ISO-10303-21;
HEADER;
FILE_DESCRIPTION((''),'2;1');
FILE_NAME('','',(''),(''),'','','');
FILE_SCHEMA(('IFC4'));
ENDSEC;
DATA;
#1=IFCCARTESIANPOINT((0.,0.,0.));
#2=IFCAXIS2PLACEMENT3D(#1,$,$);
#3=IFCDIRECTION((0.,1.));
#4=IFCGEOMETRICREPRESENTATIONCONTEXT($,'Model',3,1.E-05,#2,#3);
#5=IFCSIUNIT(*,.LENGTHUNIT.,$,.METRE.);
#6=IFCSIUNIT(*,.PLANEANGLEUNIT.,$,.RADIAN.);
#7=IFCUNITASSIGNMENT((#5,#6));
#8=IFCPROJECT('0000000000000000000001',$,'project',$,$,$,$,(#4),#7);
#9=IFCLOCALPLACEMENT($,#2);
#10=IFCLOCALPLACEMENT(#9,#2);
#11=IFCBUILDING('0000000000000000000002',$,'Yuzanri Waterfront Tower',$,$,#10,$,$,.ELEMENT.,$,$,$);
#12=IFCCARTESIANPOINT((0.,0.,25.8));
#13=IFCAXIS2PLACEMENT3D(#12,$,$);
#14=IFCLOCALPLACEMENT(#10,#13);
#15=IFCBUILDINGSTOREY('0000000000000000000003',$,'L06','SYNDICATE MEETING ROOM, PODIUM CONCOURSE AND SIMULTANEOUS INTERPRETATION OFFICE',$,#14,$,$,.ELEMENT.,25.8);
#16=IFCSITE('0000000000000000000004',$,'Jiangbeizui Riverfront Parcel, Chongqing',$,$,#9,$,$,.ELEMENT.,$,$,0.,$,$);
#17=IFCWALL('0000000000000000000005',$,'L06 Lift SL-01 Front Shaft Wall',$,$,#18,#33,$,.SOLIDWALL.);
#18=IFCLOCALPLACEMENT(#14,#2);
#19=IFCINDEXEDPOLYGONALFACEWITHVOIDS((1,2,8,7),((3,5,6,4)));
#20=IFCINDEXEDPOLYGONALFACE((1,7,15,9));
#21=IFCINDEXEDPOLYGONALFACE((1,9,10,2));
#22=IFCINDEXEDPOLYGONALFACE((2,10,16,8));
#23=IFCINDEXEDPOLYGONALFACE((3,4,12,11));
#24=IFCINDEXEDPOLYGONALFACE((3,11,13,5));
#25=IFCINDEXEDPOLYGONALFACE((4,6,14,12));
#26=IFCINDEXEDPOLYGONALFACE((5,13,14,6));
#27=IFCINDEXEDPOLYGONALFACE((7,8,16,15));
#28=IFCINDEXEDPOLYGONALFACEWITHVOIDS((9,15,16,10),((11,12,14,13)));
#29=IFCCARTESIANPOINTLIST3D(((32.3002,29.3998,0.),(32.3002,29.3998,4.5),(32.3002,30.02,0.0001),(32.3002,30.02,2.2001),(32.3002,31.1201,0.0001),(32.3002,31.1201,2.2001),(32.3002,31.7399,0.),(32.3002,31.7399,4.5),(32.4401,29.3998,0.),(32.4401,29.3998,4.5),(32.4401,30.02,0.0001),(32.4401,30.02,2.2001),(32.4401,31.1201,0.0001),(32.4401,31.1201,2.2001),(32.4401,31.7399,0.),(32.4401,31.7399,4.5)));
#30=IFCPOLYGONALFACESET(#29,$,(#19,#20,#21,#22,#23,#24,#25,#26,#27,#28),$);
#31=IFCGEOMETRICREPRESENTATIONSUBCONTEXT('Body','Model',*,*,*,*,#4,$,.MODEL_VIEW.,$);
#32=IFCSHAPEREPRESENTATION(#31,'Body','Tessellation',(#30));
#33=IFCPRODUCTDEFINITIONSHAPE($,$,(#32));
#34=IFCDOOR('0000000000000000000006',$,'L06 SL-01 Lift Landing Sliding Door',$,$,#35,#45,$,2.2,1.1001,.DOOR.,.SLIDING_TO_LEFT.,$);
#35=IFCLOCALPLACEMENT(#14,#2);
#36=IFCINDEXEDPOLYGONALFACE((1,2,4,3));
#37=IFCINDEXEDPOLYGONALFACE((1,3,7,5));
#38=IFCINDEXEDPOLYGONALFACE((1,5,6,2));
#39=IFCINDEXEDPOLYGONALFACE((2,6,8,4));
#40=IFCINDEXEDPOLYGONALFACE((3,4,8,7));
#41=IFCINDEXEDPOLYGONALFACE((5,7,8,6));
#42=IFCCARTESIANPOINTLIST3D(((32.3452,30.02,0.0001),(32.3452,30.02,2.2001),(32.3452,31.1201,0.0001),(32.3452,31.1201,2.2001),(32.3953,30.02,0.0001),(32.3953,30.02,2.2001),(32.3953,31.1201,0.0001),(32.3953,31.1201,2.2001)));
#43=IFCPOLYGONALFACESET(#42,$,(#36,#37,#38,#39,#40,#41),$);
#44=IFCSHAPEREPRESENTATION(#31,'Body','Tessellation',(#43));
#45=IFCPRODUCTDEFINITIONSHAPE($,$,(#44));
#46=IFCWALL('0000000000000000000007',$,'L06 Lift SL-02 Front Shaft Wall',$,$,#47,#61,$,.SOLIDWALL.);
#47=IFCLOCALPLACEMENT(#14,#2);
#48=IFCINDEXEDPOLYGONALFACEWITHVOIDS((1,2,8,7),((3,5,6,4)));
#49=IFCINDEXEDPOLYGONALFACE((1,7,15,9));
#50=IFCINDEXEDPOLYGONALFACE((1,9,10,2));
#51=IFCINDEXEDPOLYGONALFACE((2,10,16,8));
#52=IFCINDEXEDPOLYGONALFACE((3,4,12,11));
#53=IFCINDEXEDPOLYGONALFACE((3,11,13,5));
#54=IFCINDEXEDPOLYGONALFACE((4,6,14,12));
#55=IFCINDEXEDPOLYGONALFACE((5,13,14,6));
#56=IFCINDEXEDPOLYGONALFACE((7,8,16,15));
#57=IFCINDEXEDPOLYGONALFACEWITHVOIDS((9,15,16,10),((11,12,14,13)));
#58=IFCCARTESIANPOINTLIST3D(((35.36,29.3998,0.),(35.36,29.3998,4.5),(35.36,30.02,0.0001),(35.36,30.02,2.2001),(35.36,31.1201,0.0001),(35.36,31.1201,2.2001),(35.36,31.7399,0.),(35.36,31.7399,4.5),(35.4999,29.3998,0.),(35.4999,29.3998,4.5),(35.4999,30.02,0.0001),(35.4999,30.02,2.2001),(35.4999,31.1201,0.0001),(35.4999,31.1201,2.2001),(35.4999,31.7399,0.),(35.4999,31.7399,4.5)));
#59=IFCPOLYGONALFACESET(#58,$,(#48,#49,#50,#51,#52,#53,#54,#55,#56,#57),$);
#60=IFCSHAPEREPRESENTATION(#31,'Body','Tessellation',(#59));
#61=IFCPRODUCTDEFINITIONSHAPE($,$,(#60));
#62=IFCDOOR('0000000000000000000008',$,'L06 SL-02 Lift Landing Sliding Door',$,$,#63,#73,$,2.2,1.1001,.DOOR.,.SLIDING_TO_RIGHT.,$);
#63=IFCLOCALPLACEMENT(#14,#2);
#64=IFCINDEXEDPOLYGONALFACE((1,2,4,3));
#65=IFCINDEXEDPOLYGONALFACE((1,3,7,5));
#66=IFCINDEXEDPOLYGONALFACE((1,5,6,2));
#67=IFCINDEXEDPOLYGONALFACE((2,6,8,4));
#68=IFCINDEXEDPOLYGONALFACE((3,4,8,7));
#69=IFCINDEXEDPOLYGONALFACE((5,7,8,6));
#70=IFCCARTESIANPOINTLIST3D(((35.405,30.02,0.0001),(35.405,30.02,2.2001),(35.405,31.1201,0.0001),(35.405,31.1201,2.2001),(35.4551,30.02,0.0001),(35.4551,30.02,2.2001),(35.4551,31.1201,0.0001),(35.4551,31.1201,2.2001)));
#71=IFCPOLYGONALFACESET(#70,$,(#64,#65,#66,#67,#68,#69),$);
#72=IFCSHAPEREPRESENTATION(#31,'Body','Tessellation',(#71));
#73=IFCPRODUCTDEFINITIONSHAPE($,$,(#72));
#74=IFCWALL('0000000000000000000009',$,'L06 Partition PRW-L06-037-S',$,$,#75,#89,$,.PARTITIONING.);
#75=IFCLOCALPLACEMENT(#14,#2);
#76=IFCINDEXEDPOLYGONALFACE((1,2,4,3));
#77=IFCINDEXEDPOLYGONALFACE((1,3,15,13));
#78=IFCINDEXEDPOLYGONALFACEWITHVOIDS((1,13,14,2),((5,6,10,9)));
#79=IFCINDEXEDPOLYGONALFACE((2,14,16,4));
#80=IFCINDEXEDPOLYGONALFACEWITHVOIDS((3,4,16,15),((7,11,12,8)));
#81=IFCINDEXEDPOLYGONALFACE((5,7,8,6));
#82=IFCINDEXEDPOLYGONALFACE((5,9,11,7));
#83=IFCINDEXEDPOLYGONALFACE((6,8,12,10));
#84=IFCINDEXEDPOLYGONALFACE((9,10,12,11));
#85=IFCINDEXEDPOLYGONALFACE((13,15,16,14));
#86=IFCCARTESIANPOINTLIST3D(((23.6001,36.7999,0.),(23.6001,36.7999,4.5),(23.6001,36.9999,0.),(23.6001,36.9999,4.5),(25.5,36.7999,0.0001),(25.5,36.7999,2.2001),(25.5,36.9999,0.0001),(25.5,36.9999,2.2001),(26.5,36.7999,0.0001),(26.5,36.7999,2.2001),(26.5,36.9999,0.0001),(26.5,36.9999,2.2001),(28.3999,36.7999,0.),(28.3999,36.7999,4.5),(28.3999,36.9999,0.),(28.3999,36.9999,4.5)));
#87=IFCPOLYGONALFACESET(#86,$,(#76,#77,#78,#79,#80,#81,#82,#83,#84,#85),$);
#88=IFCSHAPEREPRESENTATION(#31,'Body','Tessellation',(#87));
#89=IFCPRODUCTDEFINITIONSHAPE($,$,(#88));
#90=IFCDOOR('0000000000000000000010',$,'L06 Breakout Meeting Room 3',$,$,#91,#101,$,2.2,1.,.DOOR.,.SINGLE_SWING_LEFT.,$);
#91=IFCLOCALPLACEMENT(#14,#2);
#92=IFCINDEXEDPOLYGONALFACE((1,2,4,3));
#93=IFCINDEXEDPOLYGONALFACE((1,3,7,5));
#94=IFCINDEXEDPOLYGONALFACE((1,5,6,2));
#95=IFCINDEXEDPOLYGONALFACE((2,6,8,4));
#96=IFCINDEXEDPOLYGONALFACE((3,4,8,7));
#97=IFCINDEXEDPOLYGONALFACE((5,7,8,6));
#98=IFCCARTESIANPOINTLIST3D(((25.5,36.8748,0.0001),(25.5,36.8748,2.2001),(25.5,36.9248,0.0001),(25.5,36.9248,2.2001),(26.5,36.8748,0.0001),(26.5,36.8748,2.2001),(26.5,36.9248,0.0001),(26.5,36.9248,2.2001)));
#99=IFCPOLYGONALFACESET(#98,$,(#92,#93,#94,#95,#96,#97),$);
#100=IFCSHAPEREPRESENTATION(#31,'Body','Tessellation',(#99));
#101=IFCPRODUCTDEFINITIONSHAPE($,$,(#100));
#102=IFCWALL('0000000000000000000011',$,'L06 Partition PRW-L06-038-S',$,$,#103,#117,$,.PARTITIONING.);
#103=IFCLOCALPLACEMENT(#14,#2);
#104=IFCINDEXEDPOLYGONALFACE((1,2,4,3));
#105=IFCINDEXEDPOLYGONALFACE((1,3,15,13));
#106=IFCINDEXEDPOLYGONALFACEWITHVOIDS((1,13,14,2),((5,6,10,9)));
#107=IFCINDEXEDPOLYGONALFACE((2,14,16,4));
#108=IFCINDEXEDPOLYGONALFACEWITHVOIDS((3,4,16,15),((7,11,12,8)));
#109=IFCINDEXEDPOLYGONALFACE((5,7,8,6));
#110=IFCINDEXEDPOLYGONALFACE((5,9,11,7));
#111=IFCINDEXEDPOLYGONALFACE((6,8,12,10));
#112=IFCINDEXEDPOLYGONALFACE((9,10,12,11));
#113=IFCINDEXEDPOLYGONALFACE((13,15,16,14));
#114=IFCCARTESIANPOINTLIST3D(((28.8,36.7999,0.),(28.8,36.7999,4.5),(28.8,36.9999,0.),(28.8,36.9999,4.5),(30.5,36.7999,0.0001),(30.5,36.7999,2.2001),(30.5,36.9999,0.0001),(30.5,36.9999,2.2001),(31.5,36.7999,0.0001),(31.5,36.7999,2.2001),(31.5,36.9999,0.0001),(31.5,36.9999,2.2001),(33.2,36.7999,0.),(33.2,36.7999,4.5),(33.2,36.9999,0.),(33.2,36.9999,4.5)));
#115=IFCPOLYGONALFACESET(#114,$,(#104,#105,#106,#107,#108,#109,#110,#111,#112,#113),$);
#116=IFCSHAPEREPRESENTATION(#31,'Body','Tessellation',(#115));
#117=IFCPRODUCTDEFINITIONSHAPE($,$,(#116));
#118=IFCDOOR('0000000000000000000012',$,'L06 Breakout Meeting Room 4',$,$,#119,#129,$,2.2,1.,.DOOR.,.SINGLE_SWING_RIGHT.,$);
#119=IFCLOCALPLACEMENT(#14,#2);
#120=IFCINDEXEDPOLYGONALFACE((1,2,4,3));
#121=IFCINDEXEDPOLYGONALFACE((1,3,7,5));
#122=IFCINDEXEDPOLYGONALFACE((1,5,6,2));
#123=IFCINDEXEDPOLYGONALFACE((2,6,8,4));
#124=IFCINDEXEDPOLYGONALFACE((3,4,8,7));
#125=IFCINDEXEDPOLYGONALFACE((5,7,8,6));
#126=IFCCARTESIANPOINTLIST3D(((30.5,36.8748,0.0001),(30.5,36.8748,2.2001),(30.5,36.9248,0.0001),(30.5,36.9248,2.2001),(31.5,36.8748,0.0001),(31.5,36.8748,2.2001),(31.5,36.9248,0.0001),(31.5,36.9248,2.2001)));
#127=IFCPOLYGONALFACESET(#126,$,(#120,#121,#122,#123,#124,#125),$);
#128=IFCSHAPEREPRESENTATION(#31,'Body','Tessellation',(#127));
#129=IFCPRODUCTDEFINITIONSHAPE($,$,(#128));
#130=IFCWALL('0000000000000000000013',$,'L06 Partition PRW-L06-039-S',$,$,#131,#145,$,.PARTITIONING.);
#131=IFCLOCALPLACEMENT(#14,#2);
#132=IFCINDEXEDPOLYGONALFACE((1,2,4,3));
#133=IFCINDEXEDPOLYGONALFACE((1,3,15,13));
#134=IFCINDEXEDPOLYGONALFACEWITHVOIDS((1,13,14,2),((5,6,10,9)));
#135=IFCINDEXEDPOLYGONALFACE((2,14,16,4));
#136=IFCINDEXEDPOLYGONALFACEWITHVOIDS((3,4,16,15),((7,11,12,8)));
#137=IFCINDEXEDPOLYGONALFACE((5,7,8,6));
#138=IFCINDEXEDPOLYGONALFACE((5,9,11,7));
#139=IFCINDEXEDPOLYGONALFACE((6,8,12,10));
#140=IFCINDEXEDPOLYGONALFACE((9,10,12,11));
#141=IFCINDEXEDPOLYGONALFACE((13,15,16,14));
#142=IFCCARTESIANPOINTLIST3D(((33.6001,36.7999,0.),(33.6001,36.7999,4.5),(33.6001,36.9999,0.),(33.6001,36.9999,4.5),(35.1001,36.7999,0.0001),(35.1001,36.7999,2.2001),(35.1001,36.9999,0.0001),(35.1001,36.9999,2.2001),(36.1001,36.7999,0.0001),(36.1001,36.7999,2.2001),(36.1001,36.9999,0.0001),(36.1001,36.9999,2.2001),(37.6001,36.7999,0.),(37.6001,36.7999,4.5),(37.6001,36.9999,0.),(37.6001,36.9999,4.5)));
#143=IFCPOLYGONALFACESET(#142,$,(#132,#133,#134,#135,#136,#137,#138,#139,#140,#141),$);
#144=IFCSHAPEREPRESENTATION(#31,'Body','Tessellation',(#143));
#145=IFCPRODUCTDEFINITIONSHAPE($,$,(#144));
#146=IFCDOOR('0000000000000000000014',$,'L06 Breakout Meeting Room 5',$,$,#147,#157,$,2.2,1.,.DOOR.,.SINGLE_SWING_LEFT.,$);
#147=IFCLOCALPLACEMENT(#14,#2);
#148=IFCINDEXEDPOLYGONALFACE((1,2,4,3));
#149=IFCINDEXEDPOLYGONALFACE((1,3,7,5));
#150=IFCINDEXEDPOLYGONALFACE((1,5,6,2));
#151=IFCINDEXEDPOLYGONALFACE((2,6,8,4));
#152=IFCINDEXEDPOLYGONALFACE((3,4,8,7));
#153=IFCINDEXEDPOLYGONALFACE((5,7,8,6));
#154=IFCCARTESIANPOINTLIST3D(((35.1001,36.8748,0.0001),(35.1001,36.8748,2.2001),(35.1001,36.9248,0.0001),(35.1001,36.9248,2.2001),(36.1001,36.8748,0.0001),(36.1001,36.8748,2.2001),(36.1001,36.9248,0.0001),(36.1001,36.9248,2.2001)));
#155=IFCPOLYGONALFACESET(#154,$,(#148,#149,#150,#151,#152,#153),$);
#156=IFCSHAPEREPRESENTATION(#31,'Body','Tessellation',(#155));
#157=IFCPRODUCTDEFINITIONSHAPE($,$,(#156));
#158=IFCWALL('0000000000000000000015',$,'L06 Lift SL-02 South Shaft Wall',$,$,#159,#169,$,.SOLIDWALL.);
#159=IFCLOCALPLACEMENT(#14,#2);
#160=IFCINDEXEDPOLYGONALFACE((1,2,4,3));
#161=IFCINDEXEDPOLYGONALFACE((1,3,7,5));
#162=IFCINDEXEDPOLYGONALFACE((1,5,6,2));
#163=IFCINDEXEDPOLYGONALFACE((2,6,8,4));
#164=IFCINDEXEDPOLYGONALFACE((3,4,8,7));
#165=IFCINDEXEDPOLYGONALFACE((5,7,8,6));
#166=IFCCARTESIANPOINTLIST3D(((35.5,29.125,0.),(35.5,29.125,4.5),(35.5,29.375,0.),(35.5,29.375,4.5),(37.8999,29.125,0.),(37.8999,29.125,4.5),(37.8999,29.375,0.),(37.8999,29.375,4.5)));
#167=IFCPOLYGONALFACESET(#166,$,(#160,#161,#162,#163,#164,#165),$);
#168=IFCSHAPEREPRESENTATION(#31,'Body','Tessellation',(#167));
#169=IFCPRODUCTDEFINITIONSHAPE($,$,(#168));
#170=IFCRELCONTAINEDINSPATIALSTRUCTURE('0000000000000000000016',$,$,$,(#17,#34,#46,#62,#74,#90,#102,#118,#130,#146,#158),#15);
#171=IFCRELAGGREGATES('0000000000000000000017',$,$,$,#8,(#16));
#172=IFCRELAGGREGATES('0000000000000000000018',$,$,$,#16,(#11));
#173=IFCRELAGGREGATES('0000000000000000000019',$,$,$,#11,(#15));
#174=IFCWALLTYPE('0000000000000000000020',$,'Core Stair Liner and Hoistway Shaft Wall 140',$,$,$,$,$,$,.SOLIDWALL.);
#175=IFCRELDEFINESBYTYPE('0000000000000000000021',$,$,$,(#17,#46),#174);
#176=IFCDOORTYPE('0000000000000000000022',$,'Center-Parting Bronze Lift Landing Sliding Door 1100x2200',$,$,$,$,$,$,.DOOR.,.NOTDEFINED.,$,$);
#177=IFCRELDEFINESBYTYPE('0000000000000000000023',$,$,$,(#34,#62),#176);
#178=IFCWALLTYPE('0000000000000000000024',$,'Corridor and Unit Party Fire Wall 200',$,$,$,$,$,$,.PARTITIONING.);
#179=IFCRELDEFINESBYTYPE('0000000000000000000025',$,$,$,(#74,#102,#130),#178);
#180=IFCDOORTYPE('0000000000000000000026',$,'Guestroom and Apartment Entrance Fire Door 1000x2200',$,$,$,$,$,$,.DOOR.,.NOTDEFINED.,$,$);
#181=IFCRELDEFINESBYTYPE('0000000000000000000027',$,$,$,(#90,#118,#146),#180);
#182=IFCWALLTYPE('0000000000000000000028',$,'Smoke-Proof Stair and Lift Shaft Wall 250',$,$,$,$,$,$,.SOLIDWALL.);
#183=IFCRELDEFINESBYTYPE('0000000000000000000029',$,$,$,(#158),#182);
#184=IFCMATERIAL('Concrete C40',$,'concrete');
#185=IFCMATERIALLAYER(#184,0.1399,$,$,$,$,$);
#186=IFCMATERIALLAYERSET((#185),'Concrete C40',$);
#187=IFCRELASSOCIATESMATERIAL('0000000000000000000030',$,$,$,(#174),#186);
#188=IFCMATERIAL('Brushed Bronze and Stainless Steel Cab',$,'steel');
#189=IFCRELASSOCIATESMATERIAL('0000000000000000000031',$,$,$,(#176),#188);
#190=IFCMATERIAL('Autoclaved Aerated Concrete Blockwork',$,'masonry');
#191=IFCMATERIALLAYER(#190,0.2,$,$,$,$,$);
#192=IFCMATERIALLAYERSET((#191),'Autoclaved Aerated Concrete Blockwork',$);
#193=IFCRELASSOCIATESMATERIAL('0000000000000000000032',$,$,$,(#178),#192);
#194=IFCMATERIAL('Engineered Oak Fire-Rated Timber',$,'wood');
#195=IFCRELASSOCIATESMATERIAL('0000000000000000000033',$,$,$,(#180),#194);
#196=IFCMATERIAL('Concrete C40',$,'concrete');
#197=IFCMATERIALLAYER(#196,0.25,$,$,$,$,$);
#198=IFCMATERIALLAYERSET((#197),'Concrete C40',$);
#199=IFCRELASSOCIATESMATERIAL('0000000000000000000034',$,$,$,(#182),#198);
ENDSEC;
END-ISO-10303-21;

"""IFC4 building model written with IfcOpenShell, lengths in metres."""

from ifc_helpers import new_model, si_unit, direction, frame, frame_2d, origin, place, context, subcontext, project, spatial, rectangle, extrude, source, transform, mapped, material, layer, layer_set, type_object, element, fill, save


model = new_model("IFC4")

# Units and contexts
model_context = context("Model", 3, precision=1e-05, world=origin(), true_north=direction((0.0, 1.0)))
body_context = subcontext(model_context, "Body", "Model", "MODEL_VIEW")
ifc_project = project(units=[si_unit("LENGTHUNIT", "METRE"), si_unit("PLANEANGLEUNIT", "RADIAN")], contexts=[model_context])

# Site, building, storey
site_placement = place(None, origin())
site = spatial("IfcSite", under=ifc_project, at=site_placement, Name="Jiangbeizui Riverfront Parcel, Chongqing", CompositionType="ELEMENT", RefElevation=0.0)
building_placement = place(site_placement, origin())
building = spatial("IfcBuilding", under=site, at=building_placement, Name="Yuzanri Waterfront Tower", CompositionType="ELEMENT")
storey_placement = place(building_placement, frame((0.0, 0.0, 25.8)))
storey = spatial("IfcBuildingStorey", under=building, at=storey_placement, Name="L06", Description="SYNDICATE MEETING ROOM, PODIUM CONCOURSE AND SIMULTANEOUS INTERPRETATION OFFICE", CompositionType="ELEMENT", Elevation=25.8)

# Walls, openings, doors
ifc_material_1 = material(Name="Concrete C40", Category="concrete")
ifc_layer_1 = layer(ifc_material_1, 0.1399)
ifc_layer_set_1 = layer_set([ifc_layer_1], Name="Concrete C40")
wall_type_1 = type_object("IfcWallType", Name="Core Stair Liner and Hoistway Shaft Wall 140", PredefinedType="SOLIDWALL", material=ifc_layer_set_1)
wall_1_placement = place(storey_placement, frame((32.3701, 29.3999, 0.0), z_axis=(0.0, 0.0, 1.0), x_axis=(0.0, 1.0, 0.0)))
wall_1 = element("IfcWall", 1, at=wall_1_placement, inside=storey, type_object=wall_type_1, Name="L06 Lift SL-01 Front Shaft Wall", PredefinedType="SOLIDWALL", context=body_context, shape_type="SweptSolid", body=[
    extrude(rectangle(XDim=2.3401, YDim=0.1399, at=frame_2d((1.1699, 0.0))), origin(), (0.0, 0.0, 1.0), 4.5),
])
opening_1_placement = place(wall_1_placement, frame((0.6201, 0.0, 0.0)))
opening_1 = element("IfcOpeningElement", 2, at=opening_1_placement, cuts=wall_1, PredefinedType="OPENING", context=body_context, shape_type="SweptSolid", body=[
    extrude(rectangle(XDim=1.1001, YDim=2.2, at=frame_2d((0.55, 1.1001))), frame((0.0, 0.085, 0.0), z_axis=(0.0, -1.0, 0.0), x_axis=(1.0, 0.0, 0.0)), (0.0, 0.0, 1.0), 0.1697),
])
ifc_material_2 = material(Name="Brushed Bronze and Stainless Steel Cab", Category="steel")
door_type_1 = type_object("IfcDoorType", Name="Center-Parting Bronze Lift Landing Sliding Door 1100x2200", OperationType="NOTDEFINED", PredefinedType="DOOR", material=ifc_material_2)
shared_shape_1 = source(origin(), body_context, "Body", "SweptSolid", [
    extrude(rectangle(XDim=1.1001, YDim=2.2, at=frame_2d((0.55, 1.1001))), frame((0.0, 0.0249, 0.0), z_axis=(0.0, -1.0, 0.0), x_axis=(1.0, 0.0, 0.0)), (0.0, 0.0, 1.0), 0.05),
])
door_1_placement = place(opening_1_placement, origin())
door_1 = element("IfcDoor", 3, at=door_1_placement, inside=storey, type_object=door_type_1, Name="L06 SL-01 Lift Landing Sliding Door", OperationType="SLIDING_TO_LEFT", OverallHeight=2.2, OverallWidth=1.1001, PredefinedType="DOOR", context=body_context, shape_type="MappedRepresentation", body=[
    mapped(shared_shape_1, transform((0.0, 0.0, 0.0), scale=1.0)),
])
fill(opening_1, door_1)
wall_2_placement = place(storey_placement, frame((35.4299, 29.3999, 0.0), z_axis=(0.0, 0.0, 1.0), x_axis=(0.0, 1.0, 0.0)))
wall_2 = element("IfcWall", 4, at=wall_2_placement, inside=storey, type_object=wall_type_1, Name="L06 Lift SL-02 Front Shaft Wall", PredefinedType="SOLIDWALL", context=body_context, shape_type="SweptSolid", body=[
    extrude(rectangle(XDim=2.3401, YDim=0.1399, at=frame_2d((1.1699, 0.0))), origin(), (0.0, 0.0, 1.0), 4.5),
])
opening_2_placement = place(wall_2_placement, frame((0.6201, 0.0, 0.0)))
opening_2 = element("IfcOpeningElement", 5, at=opening_2_placement, cuts=wall_2, PredefinedType="OPENING", context=body_context, shape_type="SweptSolid", body=[
    extrude(rectangle(XDim=1.1001, YDim=2.2, at=frame_2d((0.55, 1.1001))), frame((0.0, 0.085, 0.0), z_axis=(0.0, -1.0, 0.0), x_axis=(1.0, 0.0, 0.0)), (0.0, 0.0, 1.0), 0.1697),
])
door_2_placement = place(opening_2_placement, origin())
door_2 = element("IfcDoor", 6, at=door_2_placement, inside=storey, type_object=door_type_1, Name="L06 SL-02 Lift Landing Sliding Door", OperationType="SLIDING_TO_RIGHT", OverallHeight=2.2, OverallWidth=1.1001, PredefinedType="DOOR", context=body_context, shape_type="MappedRepresentation", body=[
    mapped(shared_shape_1, transform((0.0, 0.0, 0.0), scale=1.0)),
])
fill(opening_2, door_2)
ifc_material_3 = material(Name="Autoclaved Aerated Concrete Blockwork", Category="masonry")
ifc_layer_2 = layer(ifc_material_3, 0.2)
ifc_layer_set_2 = layer_set([ifc_layer_2], Name="Autoclaved Aerated Concrete Blockwork")
wall_type_2 = type_object("IfcWallType", Name="Corridor and Unit Party Fire Wall 200", PredefinedType="PARTITIONING", material=ifc_layer_set_2)
wall_3_placement = place(storey_placement, frame((23.6001, 36.8999, 0.0), z_axis=(0.0, 0.0, 1.0), x_axis=(1.0, 0.0, 0.0)))
wall_3 = element("IfcWall", 7, at=wall_3_placement, inside=storey, type_object=wall_type_2, Name="L06 Partition PRW-L06-037-S", PredefinedType="PARTITIONING", context=body_context, shape_type="SweptSolid", body=[
    extrude(rectangle(XDim=4.7998, YDim=0.2, at=frame_2d((2.3999, 0.0))), origin(), (0.0, 0.0, 1.0), 4.5),
])
opening_3_placement = place(wall_3_placement, frame((1.8999, 0.0, 0.0)))
opening_3 = element("IfcOpeningElement", 8, at=opening_3_placement, cuts=wall_3, PredefinedType="OPENING", context=body_context, shape_type="SweptSolid", body=[
    extrude(rectangle(XDim=1.0, YDim=2.2, at=frame_2d((0.5, 1.1001))), frame((0.0, 0.1147, 0.0), z_axis=(0.0, -1.0, 0.0), x_axis=(1.0, 0.0, 0.0)), (0.0, 0.0, 1.0), 0.2297),
])
ifc_material_4 = material(Name="Engineered Oak Fire-Rated Timber", Category="wood")
door_type_2 = type_object("IfcDoorType", Name="Guestroom and Apartment Entrance Fire Door 1000x2200", OperationType="NOTDEFINED", PredefinedType="DOOR", material=ifc_material_4)
shared_shape_2 = source(origin(), body_context, "Body", "SweptSolid", [
    extrude(rectangle(XDim=1.0, YDim=2.2, at=frame_2d((0.5, 1.1001))), frame((0.0, 0.0249, 0.0), z_axis=(0.0, -1.0, 0.0), x_axis=(1.0, 0.0, 0.0)), (0.0, 0.0, 1.0), 0.05),
])
door_3_placement = place(opening_3_placement, origin())
door_3 = element("IfcDoor", 9, at=door_3_placement, inside=storey, type_object=door_type_2, Name="L06 Breakout Meeting Room 3", OperationType="SINGLE_SWING_LEFT", OverallHeight=2.2, OverallWidth=1.0, PredefinedType="DOOR", context=body_context, shape_type="MappedRepresentation", body=[
    mapped(shared_shape_2, transform((0.0, 0.0, 0.0), scale=1.0)),
])
fill(opening_3, door_3)
wall_4_placement = place(storey_placement, frame((28.8, 36.8999, 0.0), z_axis=(0.0, 0.0, 1.0), x_axis=(1.0, 0.0, 0.0)))
wall_4 = element("IfcWall", 10, at=wall_4_placement, inside=storey, type_object=wall_type_2, Name="L06 Partition PRW-L06-038-S", PredefinedType="PARTITIONING", context=body_context, shape_type="SweptSolid", body=[
    extrude(rectangle(XDim=4.3999, YDim=0.2, at=frame_2d((2.2, 0.0))), origin(), (0.0, 0.0, 1.0), 4.5),
])
opening_4_placement = place(wall_4_placement, frame((1.7, 0.0, 0.0)))
opening_4 = element("IfcOpeningElement", 11, at=opening_4_placement, cuts=wall_4, PredefinedType="OPENING", context=body_context, shape_type="SweptSolid", body=[
    extrude(rectangle(XDim=1.0, YDim=2.2, at=frame_2d((0.5, 1.1001))), frame((0.0, 0.1147, 0.0), z_axis=(0.0, -1.0, 0.0), x_axis=(1.0, 0.0, 0.0)), (0.0, 0.0, 1.0), 0.2297),
])
door_4_placement = place(opening_4_placement, origin())
door_4 = element("IfcDoor", 12, at=door_4_placement, inside=storey, type_object=door_type_2, Name="L06 Breakout Meeting Room 4", OperationType="SINGLE_SWING_RIGHT", OverallHeight=2.2, OverallWidth=1.0, PredefinedType="DOOR", context=body_context, shape_type="MappedRepresentation", body=[
    mapped(shared_shape_2, transform((0.0, 0.0, 0.0), scale=1.0)),
])
fill(opening_4, door_4)
wall_5_placement = place(storey_placement, frame((33.6001, 36.8999, 0.0), z_axis=(0.0, 0.0, 1.0), x_axis=(1.0, 0.0, 0.0)))
wall_5 = element("IfcWall", 13, at=wall_5_placement, inside=storey, type_object=wall_type_2, Name="L06 Partition PRW-L06-039-S", PredefinedType="PARTITIONING", context=body_context, shape_type="SweptSolid", body=[
    extrude(rectangle(XDim=4.0, YDim=0.2, at=frame_2d((2.0, 0.0))), origin(), (0.0, 0.0, 1.0), 4.5),
])
opening_5_placement = place(wall_5_placement, frame((1.5, 0.0, 0.0)))
opening_5 = element("IfcOpeningElement", 14, at=opening_5_placement, cuts=wall_5, PredefinedType="OPENING", context=body_context, shape_type="SweptSolid", body=[
    extrude(rectangle(XDim=1.0, YDim=2.2, at=frame_2d((0.5, 1.1001))), frame((0.0, 0.1147, 0.0), z_axis=(0.0, -1.0, 0.0), x_axis=(1.0, 0.0, 0.0)), (0.0, 0.0, 1.0), 0.2297),
])
door_5_placement = place(opening_5_placement, origin())
door_5 = element("IfcDoor", 15, at=door_5_placement, inside=storey, type_object=door_type_2, Name="L06 Breakout Meeting Room 5", OperationType="SINGLE_SWING_LEFT", OverallHeight=2.2, OverallWidth=1.0, PredefinedType="DOOR", context=body_context, shape_type="MappedRepresentation", body=[
    mapped(shared_shape_2, transform((0.0, 0.0, 0.0), scale=1.0)),
])
fill(opening_5, door_5)

# Wall
ifc_material_5 = material(Name="Concrete C40", Category="concrete")
ifc_layer_3 = layer(ifc_material_5, 0.25)
ifc_layer_set_3 = layer_set([ifc_layer_3], Name="Concrete C40")
wall_type_3 = type_object("IfcWallType", Name="Smoke-Proof Stair and Lift Shaft Wall 250", PredefinedType="SOLIDWALL", material=ifc_layer_set_3)
shared_shape_3 = source(origin(), body_context, "Body", "SweptSolid", [
    extrude(rectangle(XDim=2.3999, YDim=0.25, at=frame_2d((1.2, 0.0))), origin(), (0.0, 0.0, 1.0), 4.5),
])
wall_6_placement = place(storey_placement, frame((35.5, 29.25, 0.0), z_axis=(0.0, 0.0, 1.0), x_axis=(1.0, 0.0, 0.0)))
element("IfcWall", 16, at=wall_6_placement, inside=storey, type_object=wall_type_3, Name="L06 Lift SL-02 South Shaft Wall", PredefinedType="SOLIDWALL", context=body_context, shape_type="MappedRepresentation", body=[
    mapped(shared_shape_3, transform((0.0, 0.0, 0.0), scale=1.0)),
])

save(model, "model.ifc")
